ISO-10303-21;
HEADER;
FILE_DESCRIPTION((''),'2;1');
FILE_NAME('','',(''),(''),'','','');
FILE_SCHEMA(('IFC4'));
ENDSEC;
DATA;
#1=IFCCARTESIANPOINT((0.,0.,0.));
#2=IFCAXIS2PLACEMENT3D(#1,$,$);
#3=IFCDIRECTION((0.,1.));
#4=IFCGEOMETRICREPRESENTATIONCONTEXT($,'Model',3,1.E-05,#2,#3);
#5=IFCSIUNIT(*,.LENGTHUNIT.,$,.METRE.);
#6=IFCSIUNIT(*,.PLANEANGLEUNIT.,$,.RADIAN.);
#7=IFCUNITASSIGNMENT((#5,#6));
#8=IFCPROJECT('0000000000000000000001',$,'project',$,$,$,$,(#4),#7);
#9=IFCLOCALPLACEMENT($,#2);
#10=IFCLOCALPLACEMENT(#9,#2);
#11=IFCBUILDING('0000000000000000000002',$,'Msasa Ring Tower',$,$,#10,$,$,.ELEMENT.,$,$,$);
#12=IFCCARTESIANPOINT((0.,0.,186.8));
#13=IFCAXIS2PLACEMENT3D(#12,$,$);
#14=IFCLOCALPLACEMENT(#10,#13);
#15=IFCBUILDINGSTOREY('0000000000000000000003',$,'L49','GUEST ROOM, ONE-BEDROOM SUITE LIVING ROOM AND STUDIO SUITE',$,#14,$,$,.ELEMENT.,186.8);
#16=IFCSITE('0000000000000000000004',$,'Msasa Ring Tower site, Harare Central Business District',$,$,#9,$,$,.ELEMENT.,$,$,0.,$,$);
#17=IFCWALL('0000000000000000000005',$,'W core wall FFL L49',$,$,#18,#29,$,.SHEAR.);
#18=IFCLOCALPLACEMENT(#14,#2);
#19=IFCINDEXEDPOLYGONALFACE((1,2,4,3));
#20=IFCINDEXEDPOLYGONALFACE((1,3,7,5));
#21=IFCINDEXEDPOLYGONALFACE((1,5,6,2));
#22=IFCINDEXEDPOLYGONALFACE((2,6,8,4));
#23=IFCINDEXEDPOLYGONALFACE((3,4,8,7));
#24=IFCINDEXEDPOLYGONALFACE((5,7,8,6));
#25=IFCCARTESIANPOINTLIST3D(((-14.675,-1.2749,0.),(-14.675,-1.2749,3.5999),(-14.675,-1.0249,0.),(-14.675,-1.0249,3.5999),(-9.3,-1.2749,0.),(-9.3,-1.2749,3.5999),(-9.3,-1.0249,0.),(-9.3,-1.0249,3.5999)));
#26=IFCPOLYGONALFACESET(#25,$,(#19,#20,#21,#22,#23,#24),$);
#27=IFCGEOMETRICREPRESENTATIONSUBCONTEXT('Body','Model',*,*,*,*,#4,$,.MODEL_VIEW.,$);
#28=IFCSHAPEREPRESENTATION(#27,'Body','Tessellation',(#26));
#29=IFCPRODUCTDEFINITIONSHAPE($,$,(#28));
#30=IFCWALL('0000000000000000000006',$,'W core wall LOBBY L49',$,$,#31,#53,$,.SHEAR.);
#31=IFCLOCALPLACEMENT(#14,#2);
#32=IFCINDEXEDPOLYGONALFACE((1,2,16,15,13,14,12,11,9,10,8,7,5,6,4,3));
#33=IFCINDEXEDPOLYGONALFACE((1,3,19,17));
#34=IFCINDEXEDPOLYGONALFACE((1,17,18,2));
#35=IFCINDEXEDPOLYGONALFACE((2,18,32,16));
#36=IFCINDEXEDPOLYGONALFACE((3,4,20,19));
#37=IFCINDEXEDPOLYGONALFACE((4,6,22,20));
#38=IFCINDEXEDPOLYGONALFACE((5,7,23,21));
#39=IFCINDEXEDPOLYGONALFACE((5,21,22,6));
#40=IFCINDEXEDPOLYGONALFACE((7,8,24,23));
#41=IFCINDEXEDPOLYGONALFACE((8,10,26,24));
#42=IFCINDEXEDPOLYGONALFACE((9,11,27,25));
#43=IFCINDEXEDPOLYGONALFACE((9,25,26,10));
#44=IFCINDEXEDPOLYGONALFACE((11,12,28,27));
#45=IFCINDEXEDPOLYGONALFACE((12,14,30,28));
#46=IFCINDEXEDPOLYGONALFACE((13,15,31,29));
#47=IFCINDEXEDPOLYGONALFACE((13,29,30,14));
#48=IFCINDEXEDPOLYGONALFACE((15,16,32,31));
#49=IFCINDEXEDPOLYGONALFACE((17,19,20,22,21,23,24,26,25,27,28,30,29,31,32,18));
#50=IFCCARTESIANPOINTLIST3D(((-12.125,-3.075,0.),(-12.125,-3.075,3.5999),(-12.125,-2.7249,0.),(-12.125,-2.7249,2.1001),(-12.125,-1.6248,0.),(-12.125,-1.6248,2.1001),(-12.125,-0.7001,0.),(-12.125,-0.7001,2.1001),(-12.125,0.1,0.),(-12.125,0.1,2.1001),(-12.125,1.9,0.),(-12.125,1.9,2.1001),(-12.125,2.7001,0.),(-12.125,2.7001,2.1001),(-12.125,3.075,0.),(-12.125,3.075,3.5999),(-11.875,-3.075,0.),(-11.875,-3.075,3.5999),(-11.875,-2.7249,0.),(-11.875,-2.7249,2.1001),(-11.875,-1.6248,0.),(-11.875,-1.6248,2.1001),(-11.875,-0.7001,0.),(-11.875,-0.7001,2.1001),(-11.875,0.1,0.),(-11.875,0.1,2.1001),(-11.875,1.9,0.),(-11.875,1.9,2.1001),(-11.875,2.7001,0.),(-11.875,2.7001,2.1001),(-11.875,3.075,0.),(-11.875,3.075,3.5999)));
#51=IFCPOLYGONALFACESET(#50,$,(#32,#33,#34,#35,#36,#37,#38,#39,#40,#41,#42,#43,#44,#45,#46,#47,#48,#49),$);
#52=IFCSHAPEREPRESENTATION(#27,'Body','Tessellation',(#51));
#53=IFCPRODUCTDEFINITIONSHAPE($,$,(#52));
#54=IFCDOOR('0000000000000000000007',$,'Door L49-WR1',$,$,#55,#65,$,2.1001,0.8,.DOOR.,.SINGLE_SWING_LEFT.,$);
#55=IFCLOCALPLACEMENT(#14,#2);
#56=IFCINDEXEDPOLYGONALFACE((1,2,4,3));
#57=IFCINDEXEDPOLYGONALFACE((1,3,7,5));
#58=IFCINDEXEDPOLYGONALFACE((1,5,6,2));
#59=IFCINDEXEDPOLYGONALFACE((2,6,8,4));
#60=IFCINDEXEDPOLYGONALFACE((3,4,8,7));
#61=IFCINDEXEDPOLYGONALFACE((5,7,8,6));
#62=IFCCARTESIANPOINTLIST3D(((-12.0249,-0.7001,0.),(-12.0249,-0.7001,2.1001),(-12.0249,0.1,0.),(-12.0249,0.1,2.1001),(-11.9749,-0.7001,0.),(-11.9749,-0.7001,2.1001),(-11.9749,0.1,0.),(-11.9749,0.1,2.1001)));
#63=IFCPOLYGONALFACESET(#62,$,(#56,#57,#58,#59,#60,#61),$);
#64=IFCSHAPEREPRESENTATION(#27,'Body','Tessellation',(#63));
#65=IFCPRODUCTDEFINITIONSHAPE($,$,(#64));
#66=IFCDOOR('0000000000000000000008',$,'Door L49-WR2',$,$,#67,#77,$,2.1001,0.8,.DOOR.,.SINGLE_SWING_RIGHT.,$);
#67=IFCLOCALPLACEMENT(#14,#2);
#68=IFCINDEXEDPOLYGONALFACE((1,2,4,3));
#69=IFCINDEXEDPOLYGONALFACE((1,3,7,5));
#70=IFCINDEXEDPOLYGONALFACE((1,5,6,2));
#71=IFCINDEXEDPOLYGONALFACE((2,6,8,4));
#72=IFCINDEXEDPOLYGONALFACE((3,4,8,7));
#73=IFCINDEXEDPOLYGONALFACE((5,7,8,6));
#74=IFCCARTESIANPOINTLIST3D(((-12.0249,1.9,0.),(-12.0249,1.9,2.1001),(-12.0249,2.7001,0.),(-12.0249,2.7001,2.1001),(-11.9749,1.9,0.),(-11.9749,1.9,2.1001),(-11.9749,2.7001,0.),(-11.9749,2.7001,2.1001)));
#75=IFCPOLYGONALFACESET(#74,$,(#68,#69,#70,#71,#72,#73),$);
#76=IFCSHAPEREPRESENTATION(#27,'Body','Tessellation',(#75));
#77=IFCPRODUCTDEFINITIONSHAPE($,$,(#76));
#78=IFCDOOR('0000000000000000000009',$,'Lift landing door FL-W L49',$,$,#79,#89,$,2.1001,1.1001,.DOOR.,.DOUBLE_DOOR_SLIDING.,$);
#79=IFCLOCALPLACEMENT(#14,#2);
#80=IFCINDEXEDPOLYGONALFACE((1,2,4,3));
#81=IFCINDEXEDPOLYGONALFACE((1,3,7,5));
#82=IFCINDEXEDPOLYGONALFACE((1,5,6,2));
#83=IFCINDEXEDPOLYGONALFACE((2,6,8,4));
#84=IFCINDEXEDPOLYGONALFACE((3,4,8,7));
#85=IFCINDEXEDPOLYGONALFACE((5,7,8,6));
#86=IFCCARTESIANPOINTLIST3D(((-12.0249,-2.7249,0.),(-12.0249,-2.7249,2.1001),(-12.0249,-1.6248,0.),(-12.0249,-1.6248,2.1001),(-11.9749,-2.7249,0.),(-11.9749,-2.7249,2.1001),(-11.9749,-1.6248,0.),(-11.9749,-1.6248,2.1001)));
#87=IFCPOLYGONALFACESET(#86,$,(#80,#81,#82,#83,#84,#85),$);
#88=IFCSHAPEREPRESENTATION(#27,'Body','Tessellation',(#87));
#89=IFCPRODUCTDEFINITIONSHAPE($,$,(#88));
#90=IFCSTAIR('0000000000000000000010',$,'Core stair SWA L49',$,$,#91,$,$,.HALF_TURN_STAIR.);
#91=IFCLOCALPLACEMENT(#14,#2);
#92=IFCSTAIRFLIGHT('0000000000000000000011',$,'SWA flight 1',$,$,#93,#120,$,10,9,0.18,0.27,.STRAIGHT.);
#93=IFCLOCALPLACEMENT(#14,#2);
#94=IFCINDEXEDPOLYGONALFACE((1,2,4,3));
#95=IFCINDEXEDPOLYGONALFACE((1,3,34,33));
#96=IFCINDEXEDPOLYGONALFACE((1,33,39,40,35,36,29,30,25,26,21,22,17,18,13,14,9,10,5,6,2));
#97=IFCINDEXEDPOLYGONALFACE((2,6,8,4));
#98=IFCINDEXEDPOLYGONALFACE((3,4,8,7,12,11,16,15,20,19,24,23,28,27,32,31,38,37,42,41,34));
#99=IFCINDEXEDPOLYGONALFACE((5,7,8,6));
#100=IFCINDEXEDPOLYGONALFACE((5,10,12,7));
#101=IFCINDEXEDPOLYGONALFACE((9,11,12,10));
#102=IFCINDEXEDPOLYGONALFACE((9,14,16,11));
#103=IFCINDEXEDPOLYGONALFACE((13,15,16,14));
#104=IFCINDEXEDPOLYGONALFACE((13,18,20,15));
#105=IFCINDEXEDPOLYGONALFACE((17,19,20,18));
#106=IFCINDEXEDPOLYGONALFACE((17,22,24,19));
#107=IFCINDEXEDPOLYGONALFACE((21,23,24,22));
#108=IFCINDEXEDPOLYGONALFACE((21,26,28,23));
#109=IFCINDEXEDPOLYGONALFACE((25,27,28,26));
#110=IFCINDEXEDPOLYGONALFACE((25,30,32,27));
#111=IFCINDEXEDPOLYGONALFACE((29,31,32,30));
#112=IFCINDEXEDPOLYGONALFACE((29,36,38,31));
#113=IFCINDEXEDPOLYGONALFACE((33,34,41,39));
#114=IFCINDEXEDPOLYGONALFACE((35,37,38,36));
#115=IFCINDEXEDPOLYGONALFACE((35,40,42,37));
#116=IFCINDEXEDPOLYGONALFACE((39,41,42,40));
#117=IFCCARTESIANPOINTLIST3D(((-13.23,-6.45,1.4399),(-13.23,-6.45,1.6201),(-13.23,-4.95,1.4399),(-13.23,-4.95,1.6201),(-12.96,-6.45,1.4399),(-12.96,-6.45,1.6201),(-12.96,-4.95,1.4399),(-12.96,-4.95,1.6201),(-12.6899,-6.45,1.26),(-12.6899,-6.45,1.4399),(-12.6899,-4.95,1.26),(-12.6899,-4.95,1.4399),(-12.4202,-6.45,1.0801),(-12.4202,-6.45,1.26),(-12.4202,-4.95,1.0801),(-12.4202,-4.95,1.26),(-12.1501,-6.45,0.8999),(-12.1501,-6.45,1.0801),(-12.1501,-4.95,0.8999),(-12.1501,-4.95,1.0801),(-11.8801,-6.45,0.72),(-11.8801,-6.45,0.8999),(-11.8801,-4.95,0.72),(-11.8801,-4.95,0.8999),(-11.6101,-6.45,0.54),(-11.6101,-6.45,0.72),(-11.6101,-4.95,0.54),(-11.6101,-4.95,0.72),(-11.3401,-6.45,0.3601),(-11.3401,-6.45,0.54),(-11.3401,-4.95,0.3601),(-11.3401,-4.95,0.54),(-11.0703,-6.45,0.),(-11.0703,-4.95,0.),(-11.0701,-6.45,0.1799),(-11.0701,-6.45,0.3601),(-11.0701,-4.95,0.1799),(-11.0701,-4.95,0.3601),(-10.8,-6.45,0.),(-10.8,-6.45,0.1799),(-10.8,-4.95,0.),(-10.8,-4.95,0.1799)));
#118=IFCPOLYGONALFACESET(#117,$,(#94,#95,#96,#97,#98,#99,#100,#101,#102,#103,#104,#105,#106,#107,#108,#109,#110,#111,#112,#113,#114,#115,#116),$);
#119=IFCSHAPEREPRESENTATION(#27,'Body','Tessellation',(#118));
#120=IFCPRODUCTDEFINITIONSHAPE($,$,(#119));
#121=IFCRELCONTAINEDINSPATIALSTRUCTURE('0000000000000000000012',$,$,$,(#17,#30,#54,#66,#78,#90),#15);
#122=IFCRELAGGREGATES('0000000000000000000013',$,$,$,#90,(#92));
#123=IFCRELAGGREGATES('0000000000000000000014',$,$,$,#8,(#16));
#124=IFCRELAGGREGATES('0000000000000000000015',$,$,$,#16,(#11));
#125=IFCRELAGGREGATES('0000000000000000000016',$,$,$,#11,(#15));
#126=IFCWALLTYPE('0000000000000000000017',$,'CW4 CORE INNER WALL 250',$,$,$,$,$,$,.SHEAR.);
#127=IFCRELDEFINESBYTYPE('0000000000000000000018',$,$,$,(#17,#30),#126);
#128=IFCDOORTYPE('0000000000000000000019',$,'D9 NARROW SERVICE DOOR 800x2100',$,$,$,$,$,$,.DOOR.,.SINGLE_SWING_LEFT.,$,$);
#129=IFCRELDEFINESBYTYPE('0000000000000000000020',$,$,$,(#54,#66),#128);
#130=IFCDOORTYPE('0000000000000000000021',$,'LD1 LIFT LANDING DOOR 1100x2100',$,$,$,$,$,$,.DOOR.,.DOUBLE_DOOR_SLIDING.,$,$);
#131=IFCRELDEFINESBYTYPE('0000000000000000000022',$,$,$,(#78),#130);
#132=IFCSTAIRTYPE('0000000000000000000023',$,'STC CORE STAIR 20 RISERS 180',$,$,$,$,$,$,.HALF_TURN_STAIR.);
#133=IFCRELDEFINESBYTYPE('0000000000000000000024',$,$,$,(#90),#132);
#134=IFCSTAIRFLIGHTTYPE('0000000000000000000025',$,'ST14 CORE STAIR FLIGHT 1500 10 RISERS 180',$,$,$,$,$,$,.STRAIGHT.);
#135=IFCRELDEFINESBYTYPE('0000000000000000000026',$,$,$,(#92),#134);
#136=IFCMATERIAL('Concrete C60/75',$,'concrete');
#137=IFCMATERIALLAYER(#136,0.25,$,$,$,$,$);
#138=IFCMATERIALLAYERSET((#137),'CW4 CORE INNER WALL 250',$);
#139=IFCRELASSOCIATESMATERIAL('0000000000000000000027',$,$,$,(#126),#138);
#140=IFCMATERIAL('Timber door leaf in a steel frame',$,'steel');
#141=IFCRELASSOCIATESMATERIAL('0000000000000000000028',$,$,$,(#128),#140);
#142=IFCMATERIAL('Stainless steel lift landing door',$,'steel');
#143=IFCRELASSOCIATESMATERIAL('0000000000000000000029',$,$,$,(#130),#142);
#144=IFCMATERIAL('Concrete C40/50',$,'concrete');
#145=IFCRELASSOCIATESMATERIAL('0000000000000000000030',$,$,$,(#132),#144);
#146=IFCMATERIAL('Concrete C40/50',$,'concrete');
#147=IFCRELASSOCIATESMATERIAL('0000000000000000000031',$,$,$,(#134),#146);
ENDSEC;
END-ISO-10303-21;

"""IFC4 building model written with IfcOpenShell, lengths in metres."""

from ifc_helpers import new_model, si_unit, direction, frame, frame_2d, origin, place, context, subcontext, project, spatial, polyline, rectangle, outline, extrude, material, layer, layer_set, type_object, element, fill, aggregate, save


model = new_model("IFC4")

# Units and contexts
model_context = context("Model", 3, precision=1e-05, world=origin(), true_north=direction((0.0, 1.0)))
body_context = subcontext(model_context, "Body", "Model", "MODEL_VIEW")
ifc_project = project(units=[si_unit("LENGTHUNIT", "METRE"), si_unit("PLANEANGLEUNIT", "RADIAN")], contexts=[model_context])

# Site, building, storey
site_placement = place(None, origin())
site = spatial("IfcSite", under=ifc_project, at=site_placement, Name="Msasa Ring Tower site, Harare Central Business District", CompositionType="ELEMENT", RefElevation=0.0)
building_placement = place(site_placement, origin())
building = spatial("IfcBuilding", under=site, at=building_placement, Name="Msasa Ring Tower", CompositionType="ELEMENT")
storey_placement = place(building_placement, frame((0.0, 0.0, 186.8)))
storey = spatial("IfcBuildingStorey", under=building, at=storey_placement, Name="L49", Description="GUEST ROOM, ONE-BEDROOM SUITE LIVING ROOM AND STUDIO SUITE", CompositionType="ELEMENT", Elevation=186.8)

# Shared definitions
ifc_material_1 = material(Name="Concrete C60/75", Category="concrete")
ifc_layer_1 = layer(ifc_material_1, 0.25)
ifc_layer_set_1 = layer_set([ifc_layer_1], Name="CW4 CORE INNER WALL 250")
wall_type_1 = type_object("IfcWallType", Name="CW4 CORE INNER WALL 250", PredefinedType="SHEAR", material=ifc_layer_set_1)

# Wall
wall_1_placement = place(storey_placement, frame((-9.3, -1.1499, 0.0), z_axis=(0.0, 0.0, 1.0), x_axis=(-1.0, 0.0, 0.0)))
element("IfcWall", 1, at=wall_1_placement, inside=storey, type_object=wall_type_1, Name="W core wall FFL L49", PredefinedType="SHEAR", context=body_context, shape_type="SweptSolid", body=[
    extrude(rectangle(XDim=5.375, YDim=0.25, at=frame_2d((2.6875, 0.0))), origin(), (0.0, 0.0, 1.0), 3.5999),
])

# Wall, openings, doors
wall_2_placement = place(storey_placement, frame((-12.0, -3.075, 0.0), z_axis=(0.0, 0.0, 1.0), x_axis=(0.0, 1.0, 0.0)))
wall_2 = element("IfcWall", 2, at=wall_2_placement, inside=storey, type_object=wall_type_1, Name="W core wall LOBBY L49", PredefinedType="SHEAR", context=body_context, shape_type="SweptSolid", body=[
    extrude(rectangle(XDim=6.1499, YDim=0.25, at=frame_2d((3.075, 0.0))), origin(), (0.0, 0.0, 1.0), 3.5999),
])
opening_1_placement = place(wall_2_placement, frame((2.375, 0.0, 0.0)))
opening_1 = element("IfcOpeningElement", 3, at=opening_1_placement, cuts=wall_2, PredefinedType="OPENING", context=body_context, shape_type="SweptSolid", body=[
    extrude(rectangle(XDim=0.8, YDim=2.1001, at=frame_2d((0.3999, 1.05))), frame((0.0, 0.135, 0.0), z_axis=(0.0, -1.0, 0.0), x_axis=(1.0, 0.0, 0.0)), (0.0, 0.0, 1.0), 0.27),
])
opening_2_placement = place(wall_2_placement, frame((4.9751, 0.0, 0.0)))
opening_2 = element("IfcOpeningElement", 4, at=opening_2_placement, cuts=wall_2, PredefinedType="OPENING", context=body_context, shape_type="SweptSolid", body=[
    extrude(rectangle(XDim=0.8, YDim=2.1001, at=frame_2d((0.3999, 1.05))), frame((0.0, 0.135, 0.0), z_axis=(0.0, -1.0, 0.0), x_axis=(1.0, 0.0, 0.0)), (0.0, 0.0, 1.0), 0.27),
])
opening_3_placement = place(wall_2_placement, frame((0.3501, 0.0, 0.0)))
opening_3 = element("IfcOpeningElement", 5, at=opening_3_placement, cuts=wall_2, PredefinedType="OPENING", context=body_context, shape_type="SweptSolid", body=[
    extrude(rectangle(XDim=1.1001, YDim=2.1001, at=frame_2d((0.55, 1.05))), frame((0.0, 0.135, 0.0), z_axis=(0.0, -1.0, 0.0), x_axis=(1.0, 0.0, 0.0)), (0.0, 0.0, 1.0), 0.27),
])
ifc_material_2 = material(Name="Timber door leaf in a steel frame", Category="steel")
door_type_1 = type_object("IfcDoorType", Name="D9 NARROW SERVICE DOOR 800x2100", OperationType="SINGLE_SWING_LEFT", PredefinedType="DOOR", material=ifc_material_2)
door_1_placement = place(opening_1_placement, origin())
door_1 = element("IfcDoor", 6, at=door_1_placement, inside=storey, type_object=door_type_1, Name="Door L49-WR1", OperationType="SINGLE_SWING_LEFT", OverallHeight=2.1001, OverallWidth=0.8, PredefinedType="DOOR", context=body_context, shape_type="SweptSolid", body=[
    extrude(rectangle(XDim=0.8, YDim=2.1001, at=frame_2d((0.3999, 1.05))), frame((0.0, 0.0249, 0.0), z_axis=(0.0, -1.0, 0.0), x_axis=(1.0, 0.0, 0.0)), (0.0, 0.0, 1.0), 0.05),
])
fill(opening_1, door_1)
door_2_placement = place(opening_2_placement, origin())
door_2 = element("IfcDoor", 7, at=door_2_placement, inside=storey, type_object=door_type_1, Name="Door L49-WR2", OperationType="SINGLE_SWING_RIGHT", OverallHeight=2.1001, OverallWidth=0.8, PredefinedType="DOOR", context=body_context, shape_type="SweptSolid", body=[
    extrude(rectangle(XDim=0.8, YDim=2.1001, at=frame_2d((0.3999, 1.05))), frame((0.0, 0.0249, 0.0), z_axis=(0.0, -1.0, 0.0), x_axis=(1.0, 0.0, 0.0)), (0.0, 0.0, 1.0), 0.05),
])
fill(opening_2, door_2)
ifc_material_3 = material(Name="Stainless steel lift landing door", Category="steel")
door_type_2 = type_object("IfcDoorType", Name="LD1 LIFT LANDING DOOR 1100x2100", OperationType="DOUBLE_DOOR_SLIDING", PredefinedType="DOOR", material=ifc_material_3)
door_3_placement = place(opening_3_placement, origin())
door_3 = element("IfcDoor", 8, at=door_3_placement, inside=storey, type_object=door_type_2, Name="Lift landing door FL-W L49", OperationType="DOUBLE_DOOR_SLIDING", OverallHeight=2.1001, OverallWidth=1.1001, PredefinedType="DOOR", context=body_context, shape_type="SweptSolid", body=[
    extrude(rectangle(XDim=1.1001, YDim=2.1001, at=frame_2d((0.55, 1.05))), frame((0.0, 0.0249, 0.0), z_axis=(0.0, -1.0, 0.0), x_axis=(1.0, 0.0, 0.0)), (0.0, 0.0, 1.0), 0.05),
])
fill(opening_3, door_3)

# Stair, stair flight
ifc_material_4 = material(Name="Concrete C40/50", Category="concrete")
stair_type = type_object("IfcStairType", Name="STC CORE STAIR 20 RISERS 180", PredefinedType="HALF_TURN_STAIR", material=ifc_material_4)
stair_placement = place(storey_placement, origin())
stair = element("IfcStair", 9, at=stair_placement, inside=storey, type_object=stair_type, Name="Core stair SWA L49", PredefinedType="HALF_TURN_STAIR")
ifc_material_5 = material(Name="Concrete C40/50", Category="concrete")
stair_flight_type = type_object("IfcStairFlightType", Name="ST14 CORE STAIR FLIGHT 1500 10 RISERS 180", PredefinedType="STRAIGHT", material=ifc_material_5)
stair_flight_placement = place(storey_placement, frame((-10.8, -5.7, 0.0), z_axis=(0.0, 0.0, 1.0), x_axis=(-1.0, 0.0, 0.0)))
stair_flight = element("IfcStairFlight", 10, at=stair_flight_placement, type_object=stair_flight_type, Name="SWA flight 1", NumberOfRisers=10, NumberOfTreads=9, PredefinedType="STRAIGHT", RiserHeight=0.18, TreadLength=0.27, context=body_context, shape_type="SweptSolid", body=[
    extrude(outline(polyline([(0.0, 0.0), (0.0, 0.1799), (0.27, 0.1799), (0.27, 0.3601), (0.54, 0.3601), (0.54, 0.54), (0.8101, 0.54), (0.8101, 0.72), (1.0801, 0.72), (1.0801, 0.8999), (1.3501, 0.8999), (1.3501, 1.0801), (1.6201, 1.0801), (1.6201, 1.26), (1.8899, 1.26), (1.8899, 1.4399), (2.1599, 1.4399), (2.1599, 1.6201), (2.4299, 1.6201), (2.4299, 1.8), (2.4299, 1.4399), (0.2703, 0.0), (0.0, 0.0)])), frame((0.0, 0.75, 0.0), z_axis=(0.0, -1.0, 0.0), x_axis=(1.0, 0.0, 0.0)), (0.0, 0.0, 1.0), 1.5),
])
aggregate(stair, [stair_flight])

save(model, "model.ifc")
